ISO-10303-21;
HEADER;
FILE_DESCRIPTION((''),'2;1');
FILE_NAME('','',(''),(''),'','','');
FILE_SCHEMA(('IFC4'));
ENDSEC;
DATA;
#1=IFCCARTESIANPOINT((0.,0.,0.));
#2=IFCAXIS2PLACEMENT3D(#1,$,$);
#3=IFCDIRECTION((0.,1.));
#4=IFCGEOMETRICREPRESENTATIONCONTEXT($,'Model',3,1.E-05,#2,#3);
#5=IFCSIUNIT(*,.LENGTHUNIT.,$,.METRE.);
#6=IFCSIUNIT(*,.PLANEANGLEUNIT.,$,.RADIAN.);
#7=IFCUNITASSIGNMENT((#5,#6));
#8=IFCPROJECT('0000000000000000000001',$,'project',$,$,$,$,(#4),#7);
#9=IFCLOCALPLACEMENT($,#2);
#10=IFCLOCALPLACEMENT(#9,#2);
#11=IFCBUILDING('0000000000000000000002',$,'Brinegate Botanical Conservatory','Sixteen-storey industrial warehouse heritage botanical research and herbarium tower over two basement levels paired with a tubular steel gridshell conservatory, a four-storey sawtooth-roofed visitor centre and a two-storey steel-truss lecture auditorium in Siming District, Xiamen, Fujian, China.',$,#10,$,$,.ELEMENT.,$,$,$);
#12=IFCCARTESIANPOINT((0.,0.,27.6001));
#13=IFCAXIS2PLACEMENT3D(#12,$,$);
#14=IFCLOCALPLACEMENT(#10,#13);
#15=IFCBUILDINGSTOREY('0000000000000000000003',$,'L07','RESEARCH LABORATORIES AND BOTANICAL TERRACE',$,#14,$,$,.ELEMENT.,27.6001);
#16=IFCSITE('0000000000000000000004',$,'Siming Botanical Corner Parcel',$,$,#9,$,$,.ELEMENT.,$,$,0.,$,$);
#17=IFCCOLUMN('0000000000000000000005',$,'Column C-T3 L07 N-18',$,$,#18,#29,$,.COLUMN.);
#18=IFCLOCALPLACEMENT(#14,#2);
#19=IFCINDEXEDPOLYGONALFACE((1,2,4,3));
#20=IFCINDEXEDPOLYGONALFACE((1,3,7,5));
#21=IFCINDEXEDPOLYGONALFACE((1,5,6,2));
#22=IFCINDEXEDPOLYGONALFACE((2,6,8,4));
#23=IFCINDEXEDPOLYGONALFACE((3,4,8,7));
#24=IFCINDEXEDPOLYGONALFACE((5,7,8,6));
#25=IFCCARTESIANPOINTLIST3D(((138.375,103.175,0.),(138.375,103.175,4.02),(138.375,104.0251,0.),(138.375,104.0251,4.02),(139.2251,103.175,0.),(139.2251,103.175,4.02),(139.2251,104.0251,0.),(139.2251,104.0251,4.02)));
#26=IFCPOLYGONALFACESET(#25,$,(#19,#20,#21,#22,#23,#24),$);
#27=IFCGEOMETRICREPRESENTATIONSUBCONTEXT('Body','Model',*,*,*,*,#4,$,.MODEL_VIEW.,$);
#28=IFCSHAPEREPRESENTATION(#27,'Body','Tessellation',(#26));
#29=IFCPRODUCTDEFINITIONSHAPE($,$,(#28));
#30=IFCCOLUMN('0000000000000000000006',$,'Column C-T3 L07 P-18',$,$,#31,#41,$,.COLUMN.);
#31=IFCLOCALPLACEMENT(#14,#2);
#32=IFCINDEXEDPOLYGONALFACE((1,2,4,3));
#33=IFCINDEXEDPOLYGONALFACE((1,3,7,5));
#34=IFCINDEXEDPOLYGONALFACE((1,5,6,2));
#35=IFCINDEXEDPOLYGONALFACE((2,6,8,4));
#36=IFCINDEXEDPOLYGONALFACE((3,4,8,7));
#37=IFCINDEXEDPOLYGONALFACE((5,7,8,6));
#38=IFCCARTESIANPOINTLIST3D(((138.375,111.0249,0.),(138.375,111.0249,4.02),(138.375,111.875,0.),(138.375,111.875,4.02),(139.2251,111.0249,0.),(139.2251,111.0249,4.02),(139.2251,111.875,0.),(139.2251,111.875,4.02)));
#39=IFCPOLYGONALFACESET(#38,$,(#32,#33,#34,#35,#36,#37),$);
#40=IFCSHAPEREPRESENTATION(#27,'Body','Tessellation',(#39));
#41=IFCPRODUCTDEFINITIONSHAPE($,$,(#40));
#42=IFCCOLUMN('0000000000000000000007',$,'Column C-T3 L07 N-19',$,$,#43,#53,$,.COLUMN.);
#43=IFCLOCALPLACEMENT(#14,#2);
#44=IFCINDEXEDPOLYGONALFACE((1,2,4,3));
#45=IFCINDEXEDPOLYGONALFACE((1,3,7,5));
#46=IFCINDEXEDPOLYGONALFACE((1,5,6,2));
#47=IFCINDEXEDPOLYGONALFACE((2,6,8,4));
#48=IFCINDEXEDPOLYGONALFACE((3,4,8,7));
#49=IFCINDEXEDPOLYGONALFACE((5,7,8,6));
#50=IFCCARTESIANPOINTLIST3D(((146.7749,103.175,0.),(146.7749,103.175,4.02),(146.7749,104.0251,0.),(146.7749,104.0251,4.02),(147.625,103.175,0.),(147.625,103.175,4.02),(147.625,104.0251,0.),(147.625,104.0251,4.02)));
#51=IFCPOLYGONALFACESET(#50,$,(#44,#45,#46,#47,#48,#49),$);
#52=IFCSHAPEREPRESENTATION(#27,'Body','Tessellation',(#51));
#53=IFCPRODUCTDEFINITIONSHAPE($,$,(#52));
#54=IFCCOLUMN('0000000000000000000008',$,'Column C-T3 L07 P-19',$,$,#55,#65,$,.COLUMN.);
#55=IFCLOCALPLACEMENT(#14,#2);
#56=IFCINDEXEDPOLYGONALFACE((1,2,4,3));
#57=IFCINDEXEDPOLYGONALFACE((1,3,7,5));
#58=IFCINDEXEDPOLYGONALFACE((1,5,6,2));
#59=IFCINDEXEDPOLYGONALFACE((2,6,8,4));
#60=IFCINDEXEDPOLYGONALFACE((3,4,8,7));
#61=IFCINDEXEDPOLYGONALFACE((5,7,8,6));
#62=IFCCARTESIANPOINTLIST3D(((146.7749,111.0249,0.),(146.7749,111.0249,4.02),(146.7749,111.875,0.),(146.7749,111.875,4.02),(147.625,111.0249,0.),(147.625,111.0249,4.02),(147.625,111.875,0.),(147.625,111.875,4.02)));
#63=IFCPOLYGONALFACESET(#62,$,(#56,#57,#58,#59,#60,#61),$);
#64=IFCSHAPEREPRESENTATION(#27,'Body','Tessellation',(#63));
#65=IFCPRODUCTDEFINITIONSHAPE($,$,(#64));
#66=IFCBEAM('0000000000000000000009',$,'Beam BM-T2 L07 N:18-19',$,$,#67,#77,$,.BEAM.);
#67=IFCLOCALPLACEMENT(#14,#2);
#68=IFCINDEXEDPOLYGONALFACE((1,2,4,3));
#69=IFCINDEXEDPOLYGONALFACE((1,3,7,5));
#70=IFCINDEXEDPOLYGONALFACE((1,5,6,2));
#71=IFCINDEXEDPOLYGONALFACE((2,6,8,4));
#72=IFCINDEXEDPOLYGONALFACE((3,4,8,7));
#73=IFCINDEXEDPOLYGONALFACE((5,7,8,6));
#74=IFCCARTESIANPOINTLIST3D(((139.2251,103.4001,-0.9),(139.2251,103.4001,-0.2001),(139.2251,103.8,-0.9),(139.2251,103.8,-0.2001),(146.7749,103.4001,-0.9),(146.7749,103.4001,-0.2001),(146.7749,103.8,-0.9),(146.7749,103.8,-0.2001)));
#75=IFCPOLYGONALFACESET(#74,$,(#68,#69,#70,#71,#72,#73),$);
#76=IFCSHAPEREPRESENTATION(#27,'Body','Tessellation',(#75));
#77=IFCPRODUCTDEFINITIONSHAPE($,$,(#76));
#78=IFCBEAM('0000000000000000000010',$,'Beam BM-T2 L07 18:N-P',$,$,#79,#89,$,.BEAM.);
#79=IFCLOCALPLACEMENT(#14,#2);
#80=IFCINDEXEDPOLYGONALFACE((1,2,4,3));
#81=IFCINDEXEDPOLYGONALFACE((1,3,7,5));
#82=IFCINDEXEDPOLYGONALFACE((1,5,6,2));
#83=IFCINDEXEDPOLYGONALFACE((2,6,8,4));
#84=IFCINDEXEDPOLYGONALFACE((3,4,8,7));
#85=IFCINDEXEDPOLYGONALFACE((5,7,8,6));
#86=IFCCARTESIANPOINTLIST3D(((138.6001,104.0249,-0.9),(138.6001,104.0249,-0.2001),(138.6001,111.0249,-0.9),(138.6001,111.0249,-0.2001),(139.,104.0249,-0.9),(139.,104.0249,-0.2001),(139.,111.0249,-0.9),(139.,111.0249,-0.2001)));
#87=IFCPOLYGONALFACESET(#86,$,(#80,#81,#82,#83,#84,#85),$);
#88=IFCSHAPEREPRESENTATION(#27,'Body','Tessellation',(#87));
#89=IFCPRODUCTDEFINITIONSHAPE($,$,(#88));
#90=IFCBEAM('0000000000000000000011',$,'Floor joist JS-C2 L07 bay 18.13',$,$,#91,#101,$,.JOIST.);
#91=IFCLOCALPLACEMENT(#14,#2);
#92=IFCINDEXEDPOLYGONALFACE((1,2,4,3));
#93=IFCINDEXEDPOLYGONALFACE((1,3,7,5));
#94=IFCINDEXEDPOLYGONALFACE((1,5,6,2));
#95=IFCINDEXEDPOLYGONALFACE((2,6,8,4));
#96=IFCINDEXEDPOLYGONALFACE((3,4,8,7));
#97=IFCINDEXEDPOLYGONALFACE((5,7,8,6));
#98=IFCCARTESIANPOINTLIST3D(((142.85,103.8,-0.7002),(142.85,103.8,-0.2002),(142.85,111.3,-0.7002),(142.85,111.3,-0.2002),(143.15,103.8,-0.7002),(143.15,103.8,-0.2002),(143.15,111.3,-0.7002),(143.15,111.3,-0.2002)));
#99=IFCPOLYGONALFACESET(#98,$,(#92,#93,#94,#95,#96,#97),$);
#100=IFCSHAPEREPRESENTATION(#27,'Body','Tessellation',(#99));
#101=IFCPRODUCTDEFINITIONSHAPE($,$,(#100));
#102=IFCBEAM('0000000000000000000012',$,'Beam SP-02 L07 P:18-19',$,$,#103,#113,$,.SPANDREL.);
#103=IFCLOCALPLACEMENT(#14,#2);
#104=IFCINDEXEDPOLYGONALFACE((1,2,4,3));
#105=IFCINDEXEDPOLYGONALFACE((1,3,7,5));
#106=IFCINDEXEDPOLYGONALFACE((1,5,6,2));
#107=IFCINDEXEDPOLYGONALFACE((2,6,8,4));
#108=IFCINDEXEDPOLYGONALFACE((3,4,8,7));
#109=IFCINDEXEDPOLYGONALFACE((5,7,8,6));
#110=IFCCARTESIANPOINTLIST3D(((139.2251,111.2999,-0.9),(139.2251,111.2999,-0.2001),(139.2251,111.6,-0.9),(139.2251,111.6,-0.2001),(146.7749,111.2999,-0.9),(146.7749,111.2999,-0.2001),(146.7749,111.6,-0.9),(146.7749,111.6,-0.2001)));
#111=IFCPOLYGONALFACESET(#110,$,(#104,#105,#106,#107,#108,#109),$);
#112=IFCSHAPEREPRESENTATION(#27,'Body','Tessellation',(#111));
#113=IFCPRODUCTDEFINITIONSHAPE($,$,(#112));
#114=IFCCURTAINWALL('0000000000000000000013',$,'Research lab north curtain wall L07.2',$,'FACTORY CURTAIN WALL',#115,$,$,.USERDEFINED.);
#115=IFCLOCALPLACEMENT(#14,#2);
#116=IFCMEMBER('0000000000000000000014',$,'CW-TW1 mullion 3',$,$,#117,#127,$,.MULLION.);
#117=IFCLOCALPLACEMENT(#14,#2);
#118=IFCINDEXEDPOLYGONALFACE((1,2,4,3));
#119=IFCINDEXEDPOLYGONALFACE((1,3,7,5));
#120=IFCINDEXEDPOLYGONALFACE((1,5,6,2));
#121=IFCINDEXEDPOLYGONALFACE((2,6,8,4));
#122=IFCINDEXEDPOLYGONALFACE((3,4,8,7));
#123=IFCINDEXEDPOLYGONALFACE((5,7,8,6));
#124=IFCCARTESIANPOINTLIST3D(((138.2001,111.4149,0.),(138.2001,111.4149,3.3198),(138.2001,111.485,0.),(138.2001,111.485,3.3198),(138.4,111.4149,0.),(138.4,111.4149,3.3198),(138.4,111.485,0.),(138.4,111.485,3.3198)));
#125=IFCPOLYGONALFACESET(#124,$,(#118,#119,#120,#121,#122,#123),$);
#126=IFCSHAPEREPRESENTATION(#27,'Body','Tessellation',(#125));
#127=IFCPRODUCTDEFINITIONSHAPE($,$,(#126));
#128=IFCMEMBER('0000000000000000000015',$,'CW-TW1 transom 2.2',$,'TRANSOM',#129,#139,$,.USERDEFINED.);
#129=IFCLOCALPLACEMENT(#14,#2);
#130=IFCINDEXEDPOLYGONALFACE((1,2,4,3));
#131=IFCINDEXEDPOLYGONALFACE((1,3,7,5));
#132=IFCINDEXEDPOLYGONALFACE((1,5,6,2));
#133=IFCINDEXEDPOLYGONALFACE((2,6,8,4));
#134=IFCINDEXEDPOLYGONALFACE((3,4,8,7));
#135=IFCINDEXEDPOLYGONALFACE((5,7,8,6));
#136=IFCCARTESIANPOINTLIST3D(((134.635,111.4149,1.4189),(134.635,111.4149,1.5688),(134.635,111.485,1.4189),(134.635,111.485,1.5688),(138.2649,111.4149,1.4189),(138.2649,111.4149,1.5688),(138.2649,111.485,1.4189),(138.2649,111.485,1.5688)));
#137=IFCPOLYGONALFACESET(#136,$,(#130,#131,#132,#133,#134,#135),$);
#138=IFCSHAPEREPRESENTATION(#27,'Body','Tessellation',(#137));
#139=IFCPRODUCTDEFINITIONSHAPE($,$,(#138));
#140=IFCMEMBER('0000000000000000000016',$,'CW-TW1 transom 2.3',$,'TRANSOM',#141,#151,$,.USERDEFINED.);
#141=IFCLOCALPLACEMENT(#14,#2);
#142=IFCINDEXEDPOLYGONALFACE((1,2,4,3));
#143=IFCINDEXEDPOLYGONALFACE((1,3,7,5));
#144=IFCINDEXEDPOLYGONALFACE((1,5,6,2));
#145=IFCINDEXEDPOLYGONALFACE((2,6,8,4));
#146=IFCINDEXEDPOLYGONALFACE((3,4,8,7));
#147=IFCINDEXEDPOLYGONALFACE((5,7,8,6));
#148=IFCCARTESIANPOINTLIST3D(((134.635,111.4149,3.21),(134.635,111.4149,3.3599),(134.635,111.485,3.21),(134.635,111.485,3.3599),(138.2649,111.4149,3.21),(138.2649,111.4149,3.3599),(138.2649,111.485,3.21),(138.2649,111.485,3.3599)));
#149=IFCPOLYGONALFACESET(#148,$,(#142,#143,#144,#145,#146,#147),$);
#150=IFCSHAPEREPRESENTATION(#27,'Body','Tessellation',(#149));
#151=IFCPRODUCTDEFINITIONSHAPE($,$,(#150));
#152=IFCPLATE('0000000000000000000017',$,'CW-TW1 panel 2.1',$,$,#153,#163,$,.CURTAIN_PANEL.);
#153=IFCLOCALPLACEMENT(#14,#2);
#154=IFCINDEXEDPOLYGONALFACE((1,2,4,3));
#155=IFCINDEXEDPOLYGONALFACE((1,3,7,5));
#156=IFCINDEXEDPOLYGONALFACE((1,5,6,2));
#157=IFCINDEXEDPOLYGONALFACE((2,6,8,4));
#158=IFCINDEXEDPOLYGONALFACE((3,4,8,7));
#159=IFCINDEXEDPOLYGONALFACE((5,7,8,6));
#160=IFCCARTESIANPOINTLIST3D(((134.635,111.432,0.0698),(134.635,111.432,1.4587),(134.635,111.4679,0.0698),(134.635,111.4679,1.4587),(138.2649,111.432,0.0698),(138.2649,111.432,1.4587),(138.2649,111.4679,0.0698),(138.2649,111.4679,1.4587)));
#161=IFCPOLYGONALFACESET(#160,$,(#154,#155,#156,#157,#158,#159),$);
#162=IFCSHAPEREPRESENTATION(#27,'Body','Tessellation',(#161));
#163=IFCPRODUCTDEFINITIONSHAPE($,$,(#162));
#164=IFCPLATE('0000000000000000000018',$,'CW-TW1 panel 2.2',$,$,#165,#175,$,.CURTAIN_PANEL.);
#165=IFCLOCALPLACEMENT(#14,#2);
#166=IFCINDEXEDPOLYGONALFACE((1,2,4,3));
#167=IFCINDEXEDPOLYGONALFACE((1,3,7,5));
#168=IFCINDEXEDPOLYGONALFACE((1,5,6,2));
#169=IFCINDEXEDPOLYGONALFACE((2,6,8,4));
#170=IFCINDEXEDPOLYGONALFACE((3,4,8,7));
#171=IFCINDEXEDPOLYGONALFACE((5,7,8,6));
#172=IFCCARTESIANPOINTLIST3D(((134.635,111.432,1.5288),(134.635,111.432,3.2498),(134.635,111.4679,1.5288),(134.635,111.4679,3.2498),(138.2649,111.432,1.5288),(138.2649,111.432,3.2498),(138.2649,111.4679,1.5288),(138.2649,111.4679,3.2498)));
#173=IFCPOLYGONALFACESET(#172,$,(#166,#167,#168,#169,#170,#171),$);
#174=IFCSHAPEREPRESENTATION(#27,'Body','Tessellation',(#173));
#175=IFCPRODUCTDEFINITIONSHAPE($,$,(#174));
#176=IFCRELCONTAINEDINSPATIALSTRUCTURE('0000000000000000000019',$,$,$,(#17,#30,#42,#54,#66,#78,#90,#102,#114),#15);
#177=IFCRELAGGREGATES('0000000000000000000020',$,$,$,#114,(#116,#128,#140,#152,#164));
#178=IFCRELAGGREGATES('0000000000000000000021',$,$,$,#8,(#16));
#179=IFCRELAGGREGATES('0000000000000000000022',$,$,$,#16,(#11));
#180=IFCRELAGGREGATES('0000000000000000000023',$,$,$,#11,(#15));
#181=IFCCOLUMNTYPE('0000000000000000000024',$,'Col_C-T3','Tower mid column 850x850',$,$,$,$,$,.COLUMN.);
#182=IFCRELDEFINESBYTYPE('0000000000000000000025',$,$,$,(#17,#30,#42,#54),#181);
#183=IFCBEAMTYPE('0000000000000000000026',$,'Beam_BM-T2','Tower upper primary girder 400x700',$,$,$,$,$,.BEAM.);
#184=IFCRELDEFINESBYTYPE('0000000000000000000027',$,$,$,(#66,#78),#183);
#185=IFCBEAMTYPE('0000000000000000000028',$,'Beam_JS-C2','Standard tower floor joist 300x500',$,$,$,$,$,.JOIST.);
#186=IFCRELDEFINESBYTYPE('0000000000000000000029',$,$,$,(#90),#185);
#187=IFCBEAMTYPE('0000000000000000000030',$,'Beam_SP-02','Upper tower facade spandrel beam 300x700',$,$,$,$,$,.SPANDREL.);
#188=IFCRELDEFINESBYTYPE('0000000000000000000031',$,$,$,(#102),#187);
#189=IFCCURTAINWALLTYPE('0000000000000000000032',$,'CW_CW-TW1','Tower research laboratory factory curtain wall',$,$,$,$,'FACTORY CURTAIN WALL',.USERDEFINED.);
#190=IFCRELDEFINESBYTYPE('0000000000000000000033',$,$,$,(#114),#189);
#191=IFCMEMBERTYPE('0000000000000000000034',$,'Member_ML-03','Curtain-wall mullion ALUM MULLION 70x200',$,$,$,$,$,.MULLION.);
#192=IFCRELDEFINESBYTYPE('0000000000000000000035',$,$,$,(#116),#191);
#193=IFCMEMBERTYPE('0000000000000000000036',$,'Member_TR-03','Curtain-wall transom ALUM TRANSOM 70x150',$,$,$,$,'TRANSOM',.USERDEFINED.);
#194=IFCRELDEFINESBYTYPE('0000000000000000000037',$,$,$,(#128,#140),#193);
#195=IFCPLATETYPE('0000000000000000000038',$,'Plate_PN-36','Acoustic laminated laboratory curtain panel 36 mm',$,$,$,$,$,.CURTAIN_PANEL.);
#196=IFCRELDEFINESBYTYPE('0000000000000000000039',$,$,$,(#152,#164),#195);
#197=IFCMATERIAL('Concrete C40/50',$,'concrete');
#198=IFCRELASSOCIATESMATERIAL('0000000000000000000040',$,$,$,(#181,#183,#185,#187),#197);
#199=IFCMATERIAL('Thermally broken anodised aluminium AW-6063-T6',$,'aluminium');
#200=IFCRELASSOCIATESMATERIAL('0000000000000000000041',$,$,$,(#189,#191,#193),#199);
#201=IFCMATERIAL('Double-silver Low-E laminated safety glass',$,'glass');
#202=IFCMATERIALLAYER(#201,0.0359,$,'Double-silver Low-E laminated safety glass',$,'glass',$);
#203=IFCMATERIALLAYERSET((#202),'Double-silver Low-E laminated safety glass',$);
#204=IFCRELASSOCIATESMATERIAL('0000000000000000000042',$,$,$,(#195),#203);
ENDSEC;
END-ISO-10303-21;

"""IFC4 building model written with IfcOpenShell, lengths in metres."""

from ifc_helpers import new_model, si_unit, direction, frame, origin, origin_2d, place, context, subcontext, project, spatial, rectangle, extrude, material, layer, layer_set, material_profile, profile_set, type_object, element, aggregate, save


model = new_model("IFC4")

# Units and contexts
model_context = context("Model", 3, precision=1e-05, world=origin(), true_north=direction((0.0, 1.0)))
body_context = subcontext(model_context, "Body", "Model", "MODEL_VIEW")
ifc_project = project(units=[si_unit("LENGTHUNIT", "METRE"), si_unit("PLANEANGLEUNIT", "RADIAN")], contexts=[model_context])

# Site, building, storey
site_placement = place(None, origin())
site = spatial("IfcSite", under=ifc_project, at=site_placement, Name="Siming Botanical Corner Parcel", CompositionType="ELEMENT", RefElevation=0.0)
building_placement = place(site_placement, origin())
building = spatial("IfcBuilding", under=site, at=building_placement, Name="Brinegate Botanical Conservatory", Description="Sixteen-storey industrial warehouse heritage botanical research and herbarium tower over two basement levels paired with a tubular steel gridshell conservatory, a four-storey sawtooth-roofed visitor centre and a two-storey steel-truss lecture auditorium in Siming District, Xiamen, Fujian, China.", CompositionType="ELEMENT")
storey_placement = place(building_placement, frame((0.0, 0.0, 27.6001)))
storey = spatial("IfcBuildingStorey", under=building, at=storey_placement, Name="L07", Description="RESEARCH LABORATORIES AND BOTANICAL TERRACE", CompositionType="ELEMENT", Elevation=27.6001)

# Columns
ifc_material_1 = material(Name="Concrete C40/50", Category="concrete")
ifc_material_profile_1 = material_profile(ifc_material_1, rectangle(XDim=0.8501, YDim=0.8501, at=origin_2d()), Name="RC COL 850x850")
ifc_profile_set_1 = profile_set([ifc_material_profile_1], Name="Concrete C40/50")
column_type = type_object("IfcColumnType", Name="Col_C-T3", Description="Tower mid column 850x850", PredefinedType="COLUMN", material=ifc_profile_set_1)
for number, where, z_axis, x_axis, name in (
    (1, (138.8, 103.6001, 0.0), (0.0, 0.0, 1.0), (1.0, 0.0, 0.0), "Column C-T3 L07 N-18"),
    (2, (138.8, 111.45, 0.0), (0.0, 0.0, 1.0), (1.0, 0.0, 0.0), "Column C-T3 L07 P-18"),
    (3, (147.2, 103.6001, 0.0), (0.0, 0.0, 1.0), (1.0, 0.0, 0.0), "Column C-T3 L07 N-19"),
    (4, (147.2, 111.45, 0.0), (0.0, 0.0, 1.0), (1.0, 0.0, 0.0), "Column C-T3 L07 P-19"),
):
    element("IfcColumn", number, at=place(storey_placement, frame(where, z_axis=z_axis, x_axis=x_axis)), inside=storey, type_object=column_type, Name=name, PredefinedType="COLUMN", context=body_context, shape_type="SweptSolid", body=[
        extrude(rectangle(XDim=0.8501, YDim=0.8501, at=origin_2d()), origin(), (0.0, 0.0, 1.0), 4.02),
    ])

# Beams
ifc_material_profile_2 = material_profile(ifc_material_1, rectangle(XDim=0.3999, YDim=0.7, at=origin_2d()), Name="RC BM 400x700")
ifc_profile_set_2 = profile_set([ifc_material_profile_2], Name="Concrete C40/50")
beam_type_1 = type_object("IfcBeamType", Name="Beam_BM-T2", Description="Tower upper primary girder 400x700", PredefinedType="BEAM", material=ifc_profile_set_2)
beam_1_placement = place(storey_placement, frame((139.2251, 103.6001, -0.55), z_axis=(1.0, 0.0, 0.0), x_axis=(0.0, 1.0, 0.0)))
element("IfcBeam", 5, at=beam_1_placement, inside=storey, type_object=beam_type_1, Name="Beam BM-T2 L07 N:18-19", PredefinedType="BEAM", context=body_context, shape_type="SweptSolid", body=[
    extrude(rectangle(XDim=0.3999, YDim=0.7, at=origin_2d()), origin(), (0.0, 0.0, 1.0), 7.5498),
])
beam_2_placement = place(storey_placement, frame((138.8, 104.0249, -0.55), z_axis=(0.0, 1.0, 0.0), x_axis=(-1.0, 0.0, 0.0)))
element("IfcBeam", 6, at=beam_2_placement, inside=storey, type_object=beam_type_1, Name="Beam BM-T2 L07 18:N-P", PredefinedType="BEAM", context=body_context, shape_type="SweptSolid", body=[
    extrude(rectangle(XDim=0.3999, YDim=0.7, at=origin_2d()), origin(), (0.0, 0.0, 1.0), 7.0),
])
ifc_material_profile_3 = material_profile(ifc_material_1, rectangle(XDim=0.3, YDim=0.5, at=origin_2d()), Name="RC JST 300x500")
ifc_profile_set_3 = profile_set([ifc_material_profile_3], Name="Concrete C40/50")
beam_type_2 = type_object("IfcBeamType", Name="Beam_JS-C2", Description="Standard tower floor joist 300x500", PredefinedType="JOIST", material=ifc_profile_set_3)
beam_3_placement = place(storey_placement, frame((143.0, 103.8, -0.4502), z_axis=(0.0, 1.0, 0.0), x_axis=(-1.0, 0.0, 0.0)))
element("IfcBeam", 7, at=beam_3_placement, inside=storey, type_object=beam_type_2, Name="Floor joist JS-C2 L07 bay 18.13", PredefinedType="JOIST", context=body_context, shape_type="SweptSolid", body=[
    extrude(rectangle(XDim=0.3, YDim=0.5, at=origin_2d()), origin(), (0.0, 0.0, 1.0), 7.5),
])
ifc_material_profile_4 = material_profile(ifc_material_1, rectangle(XDim=0.3, YDim=0.7, at=origin_2d()), Name="RC SPN 300x700")
ifc_profile_set_4 = profile_set([ifc_material_profile_4], Name="Concrete C40/50")
beam_type_3 = type_object("IfcBeamType", Name="Beam_SP-02", Description="Upper tower facade spandrel beam 300x700", PredefinedType="SPANDREL", material=ifc_profile_set_4)
beam_4_placement = place(storey_placement, frame((139.2251, 111.45, -0.55), z_axis=(1.0, 0.0, 0.0), x_axis=(0.0, 1.0, 0.0)))
element("IfcBeam", 8, at=beam_4_placement, inside=storey, type_object=beam_type_3, Name="Beam SP-02 L07 P:18-19", PredefinedType="SPANDREL", context=body_context, shape_type="SweptSolid", body=[
    extrude(rectangle(XDim=0.3, YDim=0.7, at=origin_2d()), origin(), (0.0, 0.0, 1.0), 7.5498),
])

# Curtain wall, members, plates
ifc_material_2 = material(Name="Thermally broken anodised aluminium AW-6063-T6", Category="aluminium")
curtain_wall_type = type_object("IfcCurtainWallType", Name="CW_CW-TW1", Description="Tower research laboratory factory curtain wall", ElementType="FACTORY CURTAIN WALL", PredefinedType="USERDEFINED", material=ifc_material_2)
curtain_wall_placement = place(storey_placement, origin())
curtain_wall = element("IfcCurtainWall", 9, at=curtain_wall_placement, inside=storey, type_object=curtain_wall_type, Name="Research lab north curtain wall L07.2", ObjectType="FACTORY CURTAIN WALL", PredefinedType="USERDEFINED")
ifc_material_profile_5 = material_profile(ifc_material_2, rectangle(XDim=0.0701, YDim=0.2, at=origin_2d()), Name="ALUM MULLION 70x200")
ifc_profile_set_5 = profile_set([ifc_material_profile_5], Name="Thermally broken anodised aluminium AW-6063-T6")
member_type_1 = type_object("IfcMemberType", Name="Member_ML-03", Description="Curtain-wall mullion ALUM MULLION 70x200", PredefinedType="MULLION", material=ifc_profile_set_5)
member_1_placement = place(storey_placement, frame((138.3, 111.45, 0.0), z_axis=(0.0, 0.0, 1.0), x_axis=(0.0, 1.0, 0.0)))
member_1 = element("IfcMember", 10, at=member_1_placement, type_object=member_type_1, Name="CW-TW1 mullion 3", PredefinedType="MULLION", context=body_context, shape_type="SweptSolid", body=[
    extrude(rectangle(XDim=0.0701, YDim=0.2, at=origin_2d()), origin(), (0.0, 0.0, 1.0), 3.3198),
])
ifc_material_profile_6 = material_profile(ifc_material_2, rectangle(XDim=0.0701, YDim=0.1499, at=origin_2d()), Name="ALUM TRANSOM 70x150")
ifc_profile_set_6 = profile_set([ifc_material_profile_6], Name="Thermally broken anodised aluminium AW-6063-T6")
member_type_2 = type_object("IfcMemberType", Name="Member_TR-03", Description="Curtain-wall transom ALUM TRANSOM 70x150", ElementType="TRANSOM", PredefinedType="USERDEFINED", material=ifc_profile_set_6)
member_2_placement = place(storey_placement, frame((134.635, 111.45, 1.4939), z_axis=(1.0, 0.0, 0.0), x_axis=(0.0, 1.0, 0.0)))
member_2 = element("IfcMember", 11, at=member_2_placement, type_object=member_type_2, Name="CW-TW1 transom 2.2", ObjectType="TRANSOM", PredefinedType="USERDEFINED", context=body_context, shape_type="SweptSolid", body=[
    extrude(rectangle(XDim=0.0701, YDim=0.1499, at=origin_2d()), origin(), (0.0, 0.0, 1.0), 3.6299),
])
member_3_placement = place(storey_placement, frame((134.635, 111.45, 3.2849), z_axis=(1.0, 0.0, 0.0), x_axis=(0.0, 1.0, 0.0)))
member_3 = element("IfcMember", 12, at=member_3_placement, type_object=member_type_2, Name="CW-TW1 transom 2.3", ObjectType="TRANSOM", PredefinedType="USERDEFINED", context=body_context, shape_type="SweptSolid", body=[
    extrude(rectangle(XDim=0.0701, YDim=0.1499, at=origin_2d()), origin(), (0.0, 0.0, 1.0), 3.6299),
])
ifc_material_3 = material(Name="Double-silver Low-E laminated safety glass", Category="glass")
ifc_layer_1 = layer(ifc_material_3, 0.0359, Name="Double-silver Low-E laminated safety glass", Category="glass")
ifc_layer_set_1 = layer_set([ifc_layer_1], Name="Double-silver Low-E laminated safety glass")
plate_type = type_object("IfcPlateType", Name="Plate_PN-36", Description="Acoustic laminated laboratory curtain panel 36 mm", PredefinedType="CURTAIN_PANEL", material=ifc_layer_set_1)
plate_1_placement = place(storey_placement, frame((136.45, 111.45, 0.0698), z_axis=(0.0, 0.0, 1.0), x_axis=(1.0, 0.0, 0.0)))
plate_1 = element("IfcPlate", 13, at=plate_1_placement, type_object=plate_type, Name="CW-TW1 panel 2.1", PredefinedType="CURTAIN_PANEL", context=body_context, shape_type="SweptSolid", body=[
    extrude(rectangle(XDim=3.6299, YDim=0.0359, at=origin_2d()), origin(), (0.0, 0.0, 1.0), 1.3889),
])
plate_2_placement = place(storey_placement, frame((136.45, 111.45, 1.5288), z_axis=(0.0, 0.0, 1.0), x_axis=(1.0, 0.0, 0.0)))
plate_2 = element("IfcPlate", 14, at=plate_2_placement, type_object=plate_type, Name="CW-TW1 panel 2.2", PredefinedType="CURTAIN_PANEL", context=body_context, shape_type="SweptSolid", body=[
    extrude(rectangle(XDim=3.6299, YDim=0.0359, at=origin_2d()), origin(), (0.0, 0.0, 1.0), 1.7209),
])
aggregate(curtain_wall, [member_1, member_2, member_3, plate_1, plate_2])

save(model, "model.ifc")
